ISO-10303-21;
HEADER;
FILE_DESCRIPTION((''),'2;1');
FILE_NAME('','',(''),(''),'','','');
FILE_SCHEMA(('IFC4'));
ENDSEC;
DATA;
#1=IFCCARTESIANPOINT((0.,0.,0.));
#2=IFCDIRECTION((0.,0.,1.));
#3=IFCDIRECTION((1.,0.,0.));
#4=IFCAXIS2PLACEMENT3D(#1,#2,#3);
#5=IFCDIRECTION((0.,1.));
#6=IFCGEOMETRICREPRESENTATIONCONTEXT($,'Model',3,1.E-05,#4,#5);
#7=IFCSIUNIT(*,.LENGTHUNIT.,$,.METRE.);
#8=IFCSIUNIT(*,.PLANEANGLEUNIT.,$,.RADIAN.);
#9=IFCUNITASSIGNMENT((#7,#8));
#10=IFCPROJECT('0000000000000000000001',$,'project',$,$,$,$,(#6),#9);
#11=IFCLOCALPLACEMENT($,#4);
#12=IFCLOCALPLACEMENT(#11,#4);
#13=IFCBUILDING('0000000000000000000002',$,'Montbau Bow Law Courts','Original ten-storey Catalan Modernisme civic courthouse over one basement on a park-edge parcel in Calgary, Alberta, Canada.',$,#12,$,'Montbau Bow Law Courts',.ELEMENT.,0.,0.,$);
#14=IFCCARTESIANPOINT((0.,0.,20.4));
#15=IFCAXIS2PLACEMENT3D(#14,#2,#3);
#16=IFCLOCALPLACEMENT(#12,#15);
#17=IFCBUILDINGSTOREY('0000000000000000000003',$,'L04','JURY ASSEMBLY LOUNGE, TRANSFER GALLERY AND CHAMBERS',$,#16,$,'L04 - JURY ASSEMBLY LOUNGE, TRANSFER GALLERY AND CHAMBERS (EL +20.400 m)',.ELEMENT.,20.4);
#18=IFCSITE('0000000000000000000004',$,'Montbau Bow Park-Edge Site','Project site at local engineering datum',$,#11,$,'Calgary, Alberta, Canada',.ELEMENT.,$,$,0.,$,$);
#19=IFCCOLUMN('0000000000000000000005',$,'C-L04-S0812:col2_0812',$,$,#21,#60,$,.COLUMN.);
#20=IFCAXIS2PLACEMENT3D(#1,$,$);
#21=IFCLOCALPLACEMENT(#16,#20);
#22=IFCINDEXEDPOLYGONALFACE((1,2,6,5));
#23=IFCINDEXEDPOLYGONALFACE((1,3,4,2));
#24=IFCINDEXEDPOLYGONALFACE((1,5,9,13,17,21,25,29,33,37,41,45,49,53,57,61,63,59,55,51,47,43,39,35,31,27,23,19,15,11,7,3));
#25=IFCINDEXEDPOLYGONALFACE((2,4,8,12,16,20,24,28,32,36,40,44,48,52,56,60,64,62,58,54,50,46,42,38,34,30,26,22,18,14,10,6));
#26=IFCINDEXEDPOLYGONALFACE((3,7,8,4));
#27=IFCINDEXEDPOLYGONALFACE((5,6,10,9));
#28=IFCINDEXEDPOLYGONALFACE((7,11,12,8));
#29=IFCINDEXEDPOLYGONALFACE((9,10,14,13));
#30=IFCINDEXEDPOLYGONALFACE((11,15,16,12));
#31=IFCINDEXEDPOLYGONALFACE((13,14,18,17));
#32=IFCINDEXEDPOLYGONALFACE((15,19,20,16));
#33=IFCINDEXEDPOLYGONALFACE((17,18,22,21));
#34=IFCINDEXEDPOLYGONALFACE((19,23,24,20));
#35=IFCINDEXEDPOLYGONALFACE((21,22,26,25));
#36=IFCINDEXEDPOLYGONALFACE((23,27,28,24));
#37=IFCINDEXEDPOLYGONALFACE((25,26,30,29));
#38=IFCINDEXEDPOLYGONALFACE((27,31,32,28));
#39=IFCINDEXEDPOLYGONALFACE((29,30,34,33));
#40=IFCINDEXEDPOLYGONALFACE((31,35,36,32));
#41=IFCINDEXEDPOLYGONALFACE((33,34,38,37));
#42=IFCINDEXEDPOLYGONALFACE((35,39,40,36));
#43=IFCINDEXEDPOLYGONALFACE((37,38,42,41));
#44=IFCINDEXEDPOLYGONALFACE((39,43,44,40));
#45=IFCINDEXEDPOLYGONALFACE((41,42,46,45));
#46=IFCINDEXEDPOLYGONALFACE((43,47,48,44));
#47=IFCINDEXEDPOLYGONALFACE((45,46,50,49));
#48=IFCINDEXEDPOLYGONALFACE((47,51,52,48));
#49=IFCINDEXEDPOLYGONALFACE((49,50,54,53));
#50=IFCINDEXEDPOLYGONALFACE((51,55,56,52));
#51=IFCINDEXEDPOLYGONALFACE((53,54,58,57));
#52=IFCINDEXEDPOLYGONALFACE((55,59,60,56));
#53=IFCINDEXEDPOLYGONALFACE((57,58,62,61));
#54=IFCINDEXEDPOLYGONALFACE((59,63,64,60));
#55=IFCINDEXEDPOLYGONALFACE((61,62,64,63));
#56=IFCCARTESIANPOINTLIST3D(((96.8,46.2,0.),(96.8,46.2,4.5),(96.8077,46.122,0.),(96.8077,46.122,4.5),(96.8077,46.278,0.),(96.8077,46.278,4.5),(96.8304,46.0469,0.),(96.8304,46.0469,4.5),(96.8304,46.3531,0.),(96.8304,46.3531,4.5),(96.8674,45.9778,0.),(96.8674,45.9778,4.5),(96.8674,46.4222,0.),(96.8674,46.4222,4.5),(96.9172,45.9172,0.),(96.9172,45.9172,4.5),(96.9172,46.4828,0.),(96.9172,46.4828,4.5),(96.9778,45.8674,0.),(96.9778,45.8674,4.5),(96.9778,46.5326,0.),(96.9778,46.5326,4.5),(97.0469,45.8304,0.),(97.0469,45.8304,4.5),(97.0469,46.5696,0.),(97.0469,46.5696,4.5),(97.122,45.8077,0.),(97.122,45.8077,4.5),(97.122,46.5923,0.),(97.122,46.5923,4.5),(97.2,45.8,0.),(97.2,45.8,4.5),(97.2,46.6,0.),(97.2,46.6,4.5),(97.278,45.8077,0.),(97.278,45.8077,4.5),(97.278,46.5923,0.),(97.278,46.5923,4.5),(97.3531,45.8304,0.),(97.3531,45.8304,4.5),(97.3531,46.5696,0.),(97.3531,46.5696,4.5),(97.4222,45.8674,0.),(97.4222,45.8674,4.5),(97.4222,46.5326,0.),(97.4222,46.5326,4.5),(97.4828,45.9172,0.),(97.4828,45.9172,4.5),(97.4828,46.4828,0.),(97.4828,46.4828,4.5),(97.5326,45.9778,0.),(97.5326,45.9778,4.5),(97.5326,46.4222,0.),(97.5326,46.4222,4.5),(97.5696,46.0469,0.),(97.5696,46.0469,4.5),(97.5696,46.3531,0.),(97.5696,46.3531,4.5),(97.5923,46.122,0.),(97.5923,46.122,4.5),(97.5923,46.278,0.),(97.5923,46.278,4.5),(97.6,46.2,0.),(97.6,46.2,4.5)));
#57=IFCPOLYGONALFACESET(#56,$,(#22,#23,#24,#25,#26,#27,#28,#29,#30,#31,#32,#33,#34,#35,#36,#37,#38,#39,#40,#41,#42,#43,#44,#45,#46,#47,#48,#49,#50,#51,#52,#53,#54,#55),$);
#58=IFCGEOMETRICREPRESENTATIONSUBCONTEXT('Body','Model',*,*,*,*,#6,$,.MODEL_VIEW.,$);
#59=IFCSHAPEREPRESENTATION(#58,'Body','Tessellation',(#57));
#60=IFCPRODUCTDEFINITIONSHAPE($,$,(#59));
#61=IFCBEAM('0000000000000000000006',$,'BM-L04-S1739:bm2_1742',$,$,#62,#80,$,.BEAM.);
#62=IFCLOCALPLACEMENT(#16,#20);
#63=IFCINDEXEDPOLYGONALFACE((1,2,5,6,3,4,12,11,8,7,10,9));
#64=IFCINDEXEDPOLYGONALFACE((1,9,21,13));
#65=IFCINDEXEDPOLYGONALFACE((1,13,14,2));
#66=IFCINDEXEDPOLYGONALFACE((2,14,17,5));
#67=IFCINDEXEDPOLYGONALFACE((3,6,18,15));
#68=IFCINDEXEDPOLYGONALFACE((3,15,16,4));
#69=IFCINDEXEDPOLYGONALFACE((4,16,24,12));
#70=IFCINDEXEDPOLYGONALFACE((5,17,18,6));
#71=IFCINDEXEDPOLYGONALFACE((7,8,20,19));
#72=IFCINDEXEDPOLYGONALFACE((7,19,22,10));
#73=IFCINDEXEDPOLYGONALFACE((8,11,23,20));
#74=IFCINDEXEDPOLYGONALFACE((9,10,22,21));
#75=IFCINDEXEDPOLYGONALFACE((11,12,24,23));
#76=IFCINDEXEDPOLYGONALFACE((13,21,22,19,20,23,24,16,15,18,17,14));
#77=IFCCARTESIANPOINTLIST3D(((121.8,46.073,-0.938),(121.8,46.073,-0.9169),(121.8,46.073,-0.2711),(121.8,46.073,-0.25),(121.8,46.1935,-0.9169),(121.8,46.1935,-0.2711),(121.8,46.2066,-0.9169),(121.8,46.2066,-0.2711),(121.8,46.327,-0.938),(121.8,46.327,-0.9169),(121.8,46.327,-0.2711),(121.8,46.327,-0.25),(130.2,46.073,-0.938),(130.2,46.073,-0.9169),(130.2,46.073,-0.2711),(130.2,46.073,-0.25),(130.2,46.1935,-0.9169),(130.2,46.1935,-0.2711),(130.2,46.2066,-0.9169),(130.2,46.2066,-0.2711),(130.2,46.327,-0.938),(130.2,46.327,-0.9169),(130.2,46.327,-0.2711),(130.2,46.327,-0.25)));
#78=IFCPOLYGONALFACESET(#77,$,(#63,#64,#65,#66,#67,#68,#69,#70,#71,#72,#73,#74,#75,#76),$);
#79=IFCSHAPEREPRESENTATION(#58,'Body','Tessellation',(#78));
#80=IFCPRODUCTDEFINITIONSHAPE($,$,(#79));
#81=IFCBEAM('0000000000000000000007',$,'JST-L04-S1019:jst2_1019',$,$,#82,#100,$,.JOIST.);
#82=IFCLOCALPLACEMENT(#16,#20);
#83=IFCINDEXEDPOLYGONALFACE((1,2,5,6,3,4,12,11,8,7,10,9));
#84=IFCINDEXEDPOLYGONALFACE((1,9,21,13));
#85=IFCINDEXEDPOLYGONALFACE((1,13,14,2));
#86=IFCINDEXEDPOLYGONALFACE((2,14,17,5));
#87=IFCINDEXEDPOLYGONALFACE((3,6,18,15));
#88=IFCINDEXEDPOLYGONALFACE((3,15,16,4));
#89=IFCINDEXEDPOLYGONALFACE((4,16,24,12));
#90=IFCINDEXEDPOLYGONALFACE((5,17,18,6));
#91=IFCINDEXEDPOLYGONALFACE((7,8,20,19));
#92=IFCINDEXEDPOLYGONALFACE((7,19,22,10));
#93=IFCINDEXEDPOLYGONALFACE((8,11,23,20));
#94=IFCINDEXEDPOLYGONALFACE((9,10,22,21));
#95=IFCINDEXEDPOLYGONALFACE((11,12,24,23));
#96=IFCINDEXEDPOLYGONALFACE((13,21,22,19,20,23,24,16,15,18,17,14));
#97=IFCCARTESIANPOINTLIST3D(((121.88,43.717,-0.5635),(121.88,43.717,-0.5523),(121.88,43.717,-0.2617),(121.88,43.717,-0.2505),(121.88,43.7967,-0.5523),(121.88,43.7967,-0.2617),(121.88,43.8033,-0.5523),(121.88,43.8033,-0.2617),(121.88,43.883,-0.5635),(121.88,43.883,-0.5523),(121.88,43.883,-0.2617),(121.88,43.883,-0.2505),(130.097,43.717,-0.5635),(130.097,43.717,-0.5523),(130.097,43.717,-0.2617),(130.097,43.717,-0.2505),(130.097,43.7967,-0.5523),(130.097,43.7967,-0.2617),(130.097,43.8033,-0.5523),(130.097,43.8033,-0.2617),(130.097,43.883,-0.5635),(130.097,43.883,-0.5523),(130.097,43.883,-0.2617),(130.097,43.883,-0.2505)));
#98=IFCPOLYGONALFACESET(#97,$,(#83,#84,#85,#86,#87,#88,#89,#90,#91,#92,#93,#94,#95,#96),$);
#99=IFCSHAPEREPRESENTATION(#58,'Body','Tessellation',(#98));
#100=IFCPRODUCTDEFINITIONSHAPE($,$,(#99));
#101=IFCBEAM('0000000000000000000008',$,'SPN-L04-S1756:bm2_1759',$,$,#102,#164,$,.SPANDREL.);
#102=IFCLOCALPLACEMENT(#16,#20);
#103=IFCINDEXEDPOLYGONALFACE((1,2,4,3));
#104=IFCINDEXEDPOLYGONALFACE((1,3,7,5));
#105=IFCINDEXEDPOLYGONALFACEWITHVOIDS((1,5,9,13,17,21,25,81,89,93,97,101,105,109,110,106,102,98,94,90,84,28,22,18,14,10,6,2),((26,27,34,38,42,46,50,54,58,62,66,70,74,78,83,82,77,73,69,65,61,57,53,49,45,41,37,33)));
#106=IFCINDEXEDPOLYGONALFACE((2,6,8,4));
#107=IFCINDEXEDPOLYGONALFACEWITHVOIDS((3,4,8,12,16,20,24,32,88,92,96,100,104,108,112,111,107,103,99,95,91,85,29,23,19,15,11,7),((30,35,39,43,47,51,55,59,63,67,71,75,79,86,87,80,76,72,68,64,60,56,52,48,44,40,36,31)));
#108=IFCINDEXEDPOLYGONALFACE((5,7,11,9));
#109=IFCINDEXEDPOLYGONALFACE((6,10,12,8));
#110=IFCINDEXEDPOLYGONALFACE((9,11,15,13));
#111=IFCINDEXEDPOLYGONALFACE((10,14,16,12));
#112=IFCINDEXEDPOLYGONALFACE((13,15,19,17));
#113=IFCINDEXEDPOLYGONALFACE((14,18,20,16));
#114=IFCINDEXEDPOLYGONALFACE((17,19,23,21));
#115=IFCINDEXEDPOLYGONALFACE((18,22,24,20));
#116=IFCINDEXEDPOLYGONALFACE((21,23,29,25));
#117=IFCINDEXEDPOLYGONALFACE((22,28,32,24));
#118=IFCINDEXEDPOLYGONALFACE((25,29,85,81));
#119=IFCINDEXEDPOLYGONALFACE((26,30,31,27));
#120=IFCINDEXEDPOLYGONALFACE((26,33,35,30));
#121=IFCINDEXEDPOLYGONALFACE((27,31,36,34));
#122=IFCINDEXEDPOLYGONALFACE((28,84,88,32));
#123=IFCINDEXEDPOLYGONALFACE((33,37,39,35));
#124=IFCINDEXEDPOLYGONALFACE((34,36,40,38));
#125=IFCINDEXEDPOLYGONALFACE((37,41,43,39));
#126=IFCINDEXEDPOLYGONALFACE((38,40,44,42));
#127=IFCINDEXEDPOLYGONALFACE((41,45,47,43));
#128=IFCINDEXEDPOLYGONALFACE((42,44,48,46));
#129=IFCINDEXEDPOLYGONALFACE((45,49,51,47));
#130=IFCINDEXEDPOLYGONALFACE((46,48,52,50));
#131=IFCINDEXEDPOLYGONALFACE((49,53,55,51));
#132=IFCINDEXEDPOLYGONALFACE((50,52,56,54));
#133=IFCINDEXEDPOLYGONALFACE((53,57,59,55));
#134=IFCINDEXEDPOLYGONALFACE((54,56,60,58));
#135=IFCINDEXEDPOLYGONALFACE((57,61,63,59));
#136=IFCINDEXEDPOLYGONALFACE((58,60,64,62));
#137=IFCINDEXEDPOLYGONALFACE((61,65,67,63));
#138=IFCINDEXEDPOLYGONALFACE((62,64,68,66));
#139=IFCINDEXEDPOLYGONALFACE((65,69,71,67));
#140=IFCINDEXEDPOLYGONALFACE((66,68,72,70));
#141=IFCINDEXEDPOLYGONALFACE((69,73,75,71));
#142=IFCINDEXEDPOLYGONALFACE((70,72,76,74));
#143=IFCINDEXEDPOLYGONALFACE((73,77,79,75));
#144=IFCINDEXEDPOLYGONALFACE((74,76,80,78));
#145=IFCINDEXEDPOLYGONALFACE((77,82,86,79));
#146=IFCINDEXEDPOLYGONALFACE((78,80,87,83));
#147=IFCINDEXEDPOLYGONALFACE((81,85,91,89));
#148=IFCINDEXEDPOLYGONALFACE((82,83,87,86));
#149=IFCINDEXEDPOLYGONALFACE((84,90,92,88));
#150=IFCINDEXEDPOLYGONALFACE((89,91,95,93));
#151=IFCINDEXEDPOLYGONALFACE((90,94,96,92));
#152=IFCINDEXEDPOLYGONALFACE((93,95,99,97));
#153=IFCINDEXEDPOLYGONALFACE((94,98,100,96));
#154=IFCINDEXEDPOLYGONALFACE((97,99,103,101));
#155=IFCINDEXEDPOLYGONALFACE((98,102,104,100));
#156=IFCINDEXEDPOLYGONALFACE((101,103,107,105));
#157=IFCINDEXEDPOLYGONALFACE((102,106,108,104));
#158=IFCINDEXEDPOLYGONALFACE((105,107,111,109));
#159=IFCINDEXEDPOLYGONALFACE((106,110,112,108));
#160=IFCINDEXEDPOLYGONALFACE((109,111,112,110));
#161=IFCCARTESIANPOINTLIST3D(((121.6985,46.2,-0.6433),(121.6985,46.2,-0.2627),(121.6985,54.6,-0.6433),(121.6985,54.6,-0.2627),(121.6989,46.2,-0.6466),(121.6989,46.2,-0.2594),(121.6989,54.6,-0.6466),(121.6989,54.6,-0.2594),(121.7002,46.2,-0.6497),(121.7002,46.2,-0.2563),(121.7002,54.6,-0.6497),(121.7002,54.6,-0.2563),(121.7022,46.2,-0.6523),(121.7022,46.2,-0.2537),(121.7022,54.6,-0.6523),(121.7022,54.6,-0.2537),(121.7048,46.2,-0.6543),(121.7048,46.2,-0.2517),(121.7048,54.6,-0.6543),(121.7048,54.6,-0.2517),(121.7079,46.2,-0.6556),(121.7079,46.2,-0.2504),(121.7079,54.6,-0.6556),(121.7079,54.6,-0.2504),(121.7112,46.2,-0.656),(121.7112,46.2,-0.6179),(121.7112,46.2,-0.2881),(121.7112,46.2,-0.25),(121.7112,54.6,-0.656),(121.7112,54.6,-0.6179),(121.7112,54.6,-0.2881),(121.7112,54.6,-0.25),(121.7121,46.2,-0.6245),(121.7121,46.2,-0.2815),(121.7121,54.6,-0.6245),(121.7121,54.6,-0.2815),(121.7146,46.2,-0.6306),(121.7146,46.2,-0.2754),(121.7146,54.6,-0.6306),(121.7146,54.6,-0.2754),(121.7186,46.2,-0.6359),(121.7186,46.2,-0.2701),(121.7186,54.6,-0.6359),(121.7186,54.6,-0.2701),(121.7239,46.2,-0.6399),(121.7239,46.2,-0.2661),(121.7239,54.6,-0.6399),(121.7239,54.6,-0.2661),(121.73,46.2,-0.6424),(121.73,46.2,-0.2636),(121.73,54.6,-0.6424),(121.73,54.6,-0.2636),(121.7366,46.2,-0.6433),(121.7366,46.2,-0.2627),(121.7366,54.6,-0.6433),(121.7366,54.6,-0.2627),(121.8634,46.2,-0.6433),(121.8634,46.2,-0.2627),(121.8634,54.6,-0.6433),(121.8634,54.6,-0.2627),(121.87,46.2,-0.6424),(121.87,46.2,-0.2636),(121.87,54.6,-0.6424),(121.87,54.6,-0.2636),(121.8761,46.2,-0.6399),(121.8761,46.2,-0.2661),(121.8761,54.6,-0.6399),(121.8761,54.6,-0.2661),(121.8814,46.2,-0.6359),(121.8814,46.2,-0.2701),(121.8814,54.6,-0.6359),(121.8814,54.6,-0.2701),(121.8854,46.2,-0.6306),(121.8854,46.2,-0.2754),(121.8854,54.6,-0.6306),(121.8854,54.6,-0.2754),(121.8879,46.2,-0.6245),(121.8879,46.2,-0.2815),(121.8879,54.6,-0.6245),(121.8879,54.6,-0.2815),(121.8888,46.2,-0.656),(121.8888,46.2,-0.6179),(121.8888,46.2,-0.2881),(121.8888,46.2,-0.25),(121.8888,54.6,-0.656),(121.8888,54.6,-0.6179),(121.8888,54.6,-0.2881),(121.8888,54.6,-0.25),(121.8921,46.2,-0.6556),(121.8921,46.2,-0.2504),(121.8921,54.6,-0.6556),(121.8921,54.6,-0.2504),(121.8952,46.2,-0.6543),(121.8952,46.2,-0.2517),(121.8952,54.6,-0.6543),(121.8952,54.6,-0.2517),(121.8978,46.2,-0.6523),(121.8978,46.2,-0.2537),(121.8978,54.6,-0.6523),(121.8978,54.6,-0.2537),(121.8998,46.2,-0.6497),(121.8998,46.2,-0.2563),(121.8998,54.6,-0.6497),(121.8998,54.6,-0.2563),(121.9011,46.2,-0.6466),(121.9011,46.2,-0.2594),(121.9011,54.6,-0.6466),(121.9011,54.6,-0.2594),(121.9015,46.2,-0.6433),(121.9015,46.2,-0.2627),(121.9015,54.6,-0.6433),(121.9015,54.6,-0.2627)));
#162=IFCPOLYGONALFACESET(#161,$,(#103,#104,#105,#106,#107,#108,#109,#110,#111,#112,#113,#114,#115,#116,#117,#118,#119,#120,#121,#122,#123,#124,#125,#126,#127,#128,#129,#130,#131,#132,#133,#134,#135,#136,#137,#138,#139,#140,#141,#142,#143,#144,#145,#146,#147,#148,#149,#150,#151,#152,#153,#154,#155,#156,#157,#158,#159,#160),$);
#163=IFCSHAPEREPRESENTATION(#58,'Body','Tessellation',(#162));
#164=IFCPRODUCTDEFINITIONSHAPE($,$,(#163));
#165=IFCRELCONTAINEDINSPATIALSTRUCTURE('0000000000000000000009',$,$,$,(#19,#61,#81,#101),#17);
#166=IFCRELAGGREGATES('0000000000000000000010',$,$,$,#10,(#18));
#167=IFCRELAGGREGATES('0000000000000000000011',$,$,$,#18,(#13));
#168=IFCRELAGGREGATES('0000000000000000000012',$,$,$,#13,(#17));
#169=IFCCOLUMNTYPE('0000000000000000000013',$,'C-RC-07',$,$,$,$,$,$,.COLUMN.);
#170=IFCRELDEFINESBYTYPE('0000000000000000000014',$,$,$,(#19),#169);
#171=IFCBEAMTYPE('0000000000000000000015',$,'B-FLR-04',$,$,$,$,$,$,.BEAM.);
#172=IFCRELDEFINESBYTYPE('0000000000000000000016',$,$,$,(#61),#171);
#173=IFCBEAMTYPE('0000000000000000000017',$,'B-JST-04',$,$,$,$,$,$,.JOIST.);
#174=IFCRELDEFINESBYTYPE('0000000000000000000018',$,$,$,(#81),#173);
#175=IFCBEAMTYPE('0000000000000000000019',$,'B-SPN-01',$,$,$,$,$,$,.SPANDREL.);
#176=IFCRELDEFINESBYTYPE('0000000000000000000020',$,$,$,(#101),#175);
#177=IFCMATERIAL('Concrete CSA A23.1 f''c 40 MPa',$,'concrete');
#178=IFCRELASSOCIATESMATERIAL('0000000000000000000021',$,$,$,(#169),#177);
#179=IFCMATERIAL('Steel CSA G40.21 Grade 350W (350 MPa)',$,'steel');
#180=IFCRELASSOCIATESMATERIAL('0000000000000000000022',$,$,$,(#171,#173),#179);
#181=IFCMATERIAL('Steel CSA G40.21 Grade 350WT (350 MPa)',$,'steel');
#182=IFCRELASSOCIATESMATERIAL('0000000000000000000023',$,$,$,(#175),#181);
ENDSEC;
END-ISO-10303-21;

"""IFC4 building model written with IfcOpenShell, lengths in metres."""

from ifc_helpers import new_model, si_unit, direction, frame, origin_with_axes, origin_2d_with_axis, place, context, subcontext, project, spatial, hollow_rectangle, circle, i_section, extrude, material, material_profile, profile_set, type_object, element, save


model = new_model("IFC4")

# Units and contexts
model_context = context("Model", 3, precision=1e-05, world=origin_with_axes(), true_north=direction((0.0, 1.0)))
body_context = subcontext(model_context, "Body", "Model", "MODEL_VIEW")
ifc_project = project(units=[si_unit("LENGTHUNIT", "METRE"), si_unit("PLANEANGLEUNIT", "RADIAN")], contexts=[model_context])

# Site, building, storey
site_placement = place(None, origin_with_axes())
site = spatial("IfcSite", under=ifc_project, at=site_placement, Name="Montbau Bow Park-Edge Site", Description="Project site at local engineering datum", LongName="Calgary, Alberta, Canada", CompositionType="ELEMENT", RefElevation=0.0)
building_placement = place(site_placement, origin_with_axes())
building = spatial("IfcBuilding", under=site, at=building_placement, Name="Montbau Bow Law Courts", Description="Original ten-storey Catalan Modernisme civic courthouse over one basement on a park-edge parcel in Calgary, Alberta, Canada.", LongName="Montbau Bow Law Courts", CompositionType="ELEMENT", ElevationOfRefHeight=0.0, ElevationOfTerrain=0.0)
storey_placement = place(building_placement, frame((0.0, 0.0, 20.4), z_axis=(0.0, 0.0, 1.0), x_axis=(1.0, 0.0, 0.0)))
storey = spatial("IfcBuildingStorey", under=building, at=storey_placement, Name="L04", Description="JURY ASSEMBLY LOUNGE, TRANSFER GALLERY AND CHAMBERS", LongName="L04 - JURY ASSEMBLY LOUNGE, TRANSFER GALLERY AND CHAMBERS (EL +20.400 m)", CompositionType="ELEMENT", Elevation=20.4)

# Column
ifc_material_1 = material(Name="Concrete CSA A23.1 f'c 40 MPa", Category="concrete")
ifc_material_profile_1 = material_profile(ifc_material_1, circle(Radius=0.4, at=origin_2d_with_axis()), Name="RC800D", Category="Main", Priority=0)
ifc_profile_set_1 = profile_set([ifc_material_profile_1], Name="Concrete CSA A23.1 f'c 40 MPa")
column_type = type_object("IfcColumnType", Name="C-RC-07", PredefinedType="COLUMN", material=ifc_profile_set_1)
column_placement = place(None, frame((97.2, 46.2, 20.4), z_axis=(0.0, 0.0, 1.0), x_axis=(1.0, 0.0, 0.0)))
element("IfcColumn", 1, at=column_placement, inside=storey, type_object=column_type, Name="C-L04-S0812:col2_0812", PredefinedType="COLUMN", context=body_context, shape_type="SweptSolid", body=[
    extrude(circle(Radius=0.4, at=origin_2d_with_axis()), origin_with_axes(), (0.0, 0.0, 1.0), 4.5),
])

# Beams
ifc_material_2 = material(Name="Steel CSA G40.21 Grade 350W (350 MPa)", Category="steel")
ifc_material_profile_2 = material_profile(ifc_material_2, i_section(OverallWidth=0.254, OverallDepth=0.688, WebThickness=0.0131, FlangeThickness=0.0211, at=origin_2d_with_axis()), Name="W690X152", Category="Main", Priority=0)
ifc_profile_set_2 = profile_set([ifc_material_profile_2], Name="Steel CSA G40.21 Grade 350W (350 MPa)")
beam_type_1 = type_object("IfcBeamType", Name="B-FLR-04", PredefinedType="BEAM", material=ifc_profile_set_2)
beam_1_placement = place(None, frame((121.8, 46.2, 19.806), z_axis=(1.0, 0.0, 0.0), x_axis=(0.0, 1.0, 0.0)))
element("IfcBeam", 2, at=beam_1_placement, inside=storey, type_object=beam_type_1, Name="BM-L04-S1739:bm2_1742", PredefinedType="BEAM", context=body_context, shape_type="SweptSolid", body=[
    extrude(i_section(OverallWidth=0.254, OverallDepth=0.688, WebThickness=0.0131, FlangeThickness=0.0211, at=origin_2d_with_axis()), origin_with_axes(), (0.0, 0.0, 1.0), 8.4),
])
ifc_material_profile_3 = material_profile(ifc_material_2, i_section(OverallWidth=0.166, OverallDepth=0.313, WebThickness=0.0066, FlangeThickness=0.0112, at=origin_2d_with_axis()), Name="W310X45", Category="Main", Priority=0)
ifc_profile_set_3 = profile_set([ifc_material_profile_3], Name="Steel CSA G40.21 Grade 350W (350 MPa)")
beam_type_2 = type_object("IfcBeamType", Name="B-JST-04", PredefinedType="JOIST", material=ifc_profile_set_3)
beam_2_placement = place(None, frame((121.88, 43.8, 19.993), z_axis=(1.0, 0.0, 0.0), x_axis=(0.0, 1.0, 0.0)))
element("IfcBeam", 3, at=beam_2_placement, inside=storey, type_object=beam_type_2, Name="JST-L04-S1019:jst2_1019", PredefinedType="JOIST", context=body_context, shape_type="SweptSolid", body=[
    extrude(i_section(OverallWidth=0.166, OverallDepth=0.313, WebThickness=0.0066, FlangeThickness=0.0112, at=origin_2d_with_axis()), origin_with_axes(), (0.0, 0.0, 1.0), 8.217),
])
ifc_material_3 = material(Name="Steel CSA G40.21 Grade 350WT (350 MPa)", Category="steel")
ifc_material_profile_4 = material_profile(ifc_material_3, hollow_rectangle(XDim=0.203, YDim=0.406, WallThickness=0.0127, InnerFilletRadius=0.0254, OuterFilletRadius=0.0127, at=origin_2d_with_axis()), Name="HSS406X203X13", Category="Main", Priority=0)
ifc_profile_set_4 = profile_set([ifc_material_profile_4], Name="Steel CSA G40.21 Grade 350WT (350 MPa)")
beam_type_3 = type_object("IfcBeamType", Name="B-SPN-01", PredefinedType="SPANDREL", material=ifc_profile_set_4)
beam_3_placement = place(None, frame((121.8, 46.2, 19.947), z_axis=(0.0, 1.0, 0.0), x_axis=(-1.0, 0.0, 0.0)))
element("IfcBeam", 4, at=beam_3_placement, inside=storey, type_object=beam_type_3, Name="SPN-L04-S1756:bm2_1759", PredefinedType="SPANDREL", context=body_context, shape_type="SweptSolid", body=[
    extrude(hollow_rectangle(XDim=0.203, YDim=0.406, WallThickness=0.0127, InnerFilletRadius=0.0254, OuterFilletRadius=0.0127, at=origin_2d_with_axis()), origin_with_axes(), (0.0, 0.0, 1.0), 8.4),
])

save(model, "model.ifc")
